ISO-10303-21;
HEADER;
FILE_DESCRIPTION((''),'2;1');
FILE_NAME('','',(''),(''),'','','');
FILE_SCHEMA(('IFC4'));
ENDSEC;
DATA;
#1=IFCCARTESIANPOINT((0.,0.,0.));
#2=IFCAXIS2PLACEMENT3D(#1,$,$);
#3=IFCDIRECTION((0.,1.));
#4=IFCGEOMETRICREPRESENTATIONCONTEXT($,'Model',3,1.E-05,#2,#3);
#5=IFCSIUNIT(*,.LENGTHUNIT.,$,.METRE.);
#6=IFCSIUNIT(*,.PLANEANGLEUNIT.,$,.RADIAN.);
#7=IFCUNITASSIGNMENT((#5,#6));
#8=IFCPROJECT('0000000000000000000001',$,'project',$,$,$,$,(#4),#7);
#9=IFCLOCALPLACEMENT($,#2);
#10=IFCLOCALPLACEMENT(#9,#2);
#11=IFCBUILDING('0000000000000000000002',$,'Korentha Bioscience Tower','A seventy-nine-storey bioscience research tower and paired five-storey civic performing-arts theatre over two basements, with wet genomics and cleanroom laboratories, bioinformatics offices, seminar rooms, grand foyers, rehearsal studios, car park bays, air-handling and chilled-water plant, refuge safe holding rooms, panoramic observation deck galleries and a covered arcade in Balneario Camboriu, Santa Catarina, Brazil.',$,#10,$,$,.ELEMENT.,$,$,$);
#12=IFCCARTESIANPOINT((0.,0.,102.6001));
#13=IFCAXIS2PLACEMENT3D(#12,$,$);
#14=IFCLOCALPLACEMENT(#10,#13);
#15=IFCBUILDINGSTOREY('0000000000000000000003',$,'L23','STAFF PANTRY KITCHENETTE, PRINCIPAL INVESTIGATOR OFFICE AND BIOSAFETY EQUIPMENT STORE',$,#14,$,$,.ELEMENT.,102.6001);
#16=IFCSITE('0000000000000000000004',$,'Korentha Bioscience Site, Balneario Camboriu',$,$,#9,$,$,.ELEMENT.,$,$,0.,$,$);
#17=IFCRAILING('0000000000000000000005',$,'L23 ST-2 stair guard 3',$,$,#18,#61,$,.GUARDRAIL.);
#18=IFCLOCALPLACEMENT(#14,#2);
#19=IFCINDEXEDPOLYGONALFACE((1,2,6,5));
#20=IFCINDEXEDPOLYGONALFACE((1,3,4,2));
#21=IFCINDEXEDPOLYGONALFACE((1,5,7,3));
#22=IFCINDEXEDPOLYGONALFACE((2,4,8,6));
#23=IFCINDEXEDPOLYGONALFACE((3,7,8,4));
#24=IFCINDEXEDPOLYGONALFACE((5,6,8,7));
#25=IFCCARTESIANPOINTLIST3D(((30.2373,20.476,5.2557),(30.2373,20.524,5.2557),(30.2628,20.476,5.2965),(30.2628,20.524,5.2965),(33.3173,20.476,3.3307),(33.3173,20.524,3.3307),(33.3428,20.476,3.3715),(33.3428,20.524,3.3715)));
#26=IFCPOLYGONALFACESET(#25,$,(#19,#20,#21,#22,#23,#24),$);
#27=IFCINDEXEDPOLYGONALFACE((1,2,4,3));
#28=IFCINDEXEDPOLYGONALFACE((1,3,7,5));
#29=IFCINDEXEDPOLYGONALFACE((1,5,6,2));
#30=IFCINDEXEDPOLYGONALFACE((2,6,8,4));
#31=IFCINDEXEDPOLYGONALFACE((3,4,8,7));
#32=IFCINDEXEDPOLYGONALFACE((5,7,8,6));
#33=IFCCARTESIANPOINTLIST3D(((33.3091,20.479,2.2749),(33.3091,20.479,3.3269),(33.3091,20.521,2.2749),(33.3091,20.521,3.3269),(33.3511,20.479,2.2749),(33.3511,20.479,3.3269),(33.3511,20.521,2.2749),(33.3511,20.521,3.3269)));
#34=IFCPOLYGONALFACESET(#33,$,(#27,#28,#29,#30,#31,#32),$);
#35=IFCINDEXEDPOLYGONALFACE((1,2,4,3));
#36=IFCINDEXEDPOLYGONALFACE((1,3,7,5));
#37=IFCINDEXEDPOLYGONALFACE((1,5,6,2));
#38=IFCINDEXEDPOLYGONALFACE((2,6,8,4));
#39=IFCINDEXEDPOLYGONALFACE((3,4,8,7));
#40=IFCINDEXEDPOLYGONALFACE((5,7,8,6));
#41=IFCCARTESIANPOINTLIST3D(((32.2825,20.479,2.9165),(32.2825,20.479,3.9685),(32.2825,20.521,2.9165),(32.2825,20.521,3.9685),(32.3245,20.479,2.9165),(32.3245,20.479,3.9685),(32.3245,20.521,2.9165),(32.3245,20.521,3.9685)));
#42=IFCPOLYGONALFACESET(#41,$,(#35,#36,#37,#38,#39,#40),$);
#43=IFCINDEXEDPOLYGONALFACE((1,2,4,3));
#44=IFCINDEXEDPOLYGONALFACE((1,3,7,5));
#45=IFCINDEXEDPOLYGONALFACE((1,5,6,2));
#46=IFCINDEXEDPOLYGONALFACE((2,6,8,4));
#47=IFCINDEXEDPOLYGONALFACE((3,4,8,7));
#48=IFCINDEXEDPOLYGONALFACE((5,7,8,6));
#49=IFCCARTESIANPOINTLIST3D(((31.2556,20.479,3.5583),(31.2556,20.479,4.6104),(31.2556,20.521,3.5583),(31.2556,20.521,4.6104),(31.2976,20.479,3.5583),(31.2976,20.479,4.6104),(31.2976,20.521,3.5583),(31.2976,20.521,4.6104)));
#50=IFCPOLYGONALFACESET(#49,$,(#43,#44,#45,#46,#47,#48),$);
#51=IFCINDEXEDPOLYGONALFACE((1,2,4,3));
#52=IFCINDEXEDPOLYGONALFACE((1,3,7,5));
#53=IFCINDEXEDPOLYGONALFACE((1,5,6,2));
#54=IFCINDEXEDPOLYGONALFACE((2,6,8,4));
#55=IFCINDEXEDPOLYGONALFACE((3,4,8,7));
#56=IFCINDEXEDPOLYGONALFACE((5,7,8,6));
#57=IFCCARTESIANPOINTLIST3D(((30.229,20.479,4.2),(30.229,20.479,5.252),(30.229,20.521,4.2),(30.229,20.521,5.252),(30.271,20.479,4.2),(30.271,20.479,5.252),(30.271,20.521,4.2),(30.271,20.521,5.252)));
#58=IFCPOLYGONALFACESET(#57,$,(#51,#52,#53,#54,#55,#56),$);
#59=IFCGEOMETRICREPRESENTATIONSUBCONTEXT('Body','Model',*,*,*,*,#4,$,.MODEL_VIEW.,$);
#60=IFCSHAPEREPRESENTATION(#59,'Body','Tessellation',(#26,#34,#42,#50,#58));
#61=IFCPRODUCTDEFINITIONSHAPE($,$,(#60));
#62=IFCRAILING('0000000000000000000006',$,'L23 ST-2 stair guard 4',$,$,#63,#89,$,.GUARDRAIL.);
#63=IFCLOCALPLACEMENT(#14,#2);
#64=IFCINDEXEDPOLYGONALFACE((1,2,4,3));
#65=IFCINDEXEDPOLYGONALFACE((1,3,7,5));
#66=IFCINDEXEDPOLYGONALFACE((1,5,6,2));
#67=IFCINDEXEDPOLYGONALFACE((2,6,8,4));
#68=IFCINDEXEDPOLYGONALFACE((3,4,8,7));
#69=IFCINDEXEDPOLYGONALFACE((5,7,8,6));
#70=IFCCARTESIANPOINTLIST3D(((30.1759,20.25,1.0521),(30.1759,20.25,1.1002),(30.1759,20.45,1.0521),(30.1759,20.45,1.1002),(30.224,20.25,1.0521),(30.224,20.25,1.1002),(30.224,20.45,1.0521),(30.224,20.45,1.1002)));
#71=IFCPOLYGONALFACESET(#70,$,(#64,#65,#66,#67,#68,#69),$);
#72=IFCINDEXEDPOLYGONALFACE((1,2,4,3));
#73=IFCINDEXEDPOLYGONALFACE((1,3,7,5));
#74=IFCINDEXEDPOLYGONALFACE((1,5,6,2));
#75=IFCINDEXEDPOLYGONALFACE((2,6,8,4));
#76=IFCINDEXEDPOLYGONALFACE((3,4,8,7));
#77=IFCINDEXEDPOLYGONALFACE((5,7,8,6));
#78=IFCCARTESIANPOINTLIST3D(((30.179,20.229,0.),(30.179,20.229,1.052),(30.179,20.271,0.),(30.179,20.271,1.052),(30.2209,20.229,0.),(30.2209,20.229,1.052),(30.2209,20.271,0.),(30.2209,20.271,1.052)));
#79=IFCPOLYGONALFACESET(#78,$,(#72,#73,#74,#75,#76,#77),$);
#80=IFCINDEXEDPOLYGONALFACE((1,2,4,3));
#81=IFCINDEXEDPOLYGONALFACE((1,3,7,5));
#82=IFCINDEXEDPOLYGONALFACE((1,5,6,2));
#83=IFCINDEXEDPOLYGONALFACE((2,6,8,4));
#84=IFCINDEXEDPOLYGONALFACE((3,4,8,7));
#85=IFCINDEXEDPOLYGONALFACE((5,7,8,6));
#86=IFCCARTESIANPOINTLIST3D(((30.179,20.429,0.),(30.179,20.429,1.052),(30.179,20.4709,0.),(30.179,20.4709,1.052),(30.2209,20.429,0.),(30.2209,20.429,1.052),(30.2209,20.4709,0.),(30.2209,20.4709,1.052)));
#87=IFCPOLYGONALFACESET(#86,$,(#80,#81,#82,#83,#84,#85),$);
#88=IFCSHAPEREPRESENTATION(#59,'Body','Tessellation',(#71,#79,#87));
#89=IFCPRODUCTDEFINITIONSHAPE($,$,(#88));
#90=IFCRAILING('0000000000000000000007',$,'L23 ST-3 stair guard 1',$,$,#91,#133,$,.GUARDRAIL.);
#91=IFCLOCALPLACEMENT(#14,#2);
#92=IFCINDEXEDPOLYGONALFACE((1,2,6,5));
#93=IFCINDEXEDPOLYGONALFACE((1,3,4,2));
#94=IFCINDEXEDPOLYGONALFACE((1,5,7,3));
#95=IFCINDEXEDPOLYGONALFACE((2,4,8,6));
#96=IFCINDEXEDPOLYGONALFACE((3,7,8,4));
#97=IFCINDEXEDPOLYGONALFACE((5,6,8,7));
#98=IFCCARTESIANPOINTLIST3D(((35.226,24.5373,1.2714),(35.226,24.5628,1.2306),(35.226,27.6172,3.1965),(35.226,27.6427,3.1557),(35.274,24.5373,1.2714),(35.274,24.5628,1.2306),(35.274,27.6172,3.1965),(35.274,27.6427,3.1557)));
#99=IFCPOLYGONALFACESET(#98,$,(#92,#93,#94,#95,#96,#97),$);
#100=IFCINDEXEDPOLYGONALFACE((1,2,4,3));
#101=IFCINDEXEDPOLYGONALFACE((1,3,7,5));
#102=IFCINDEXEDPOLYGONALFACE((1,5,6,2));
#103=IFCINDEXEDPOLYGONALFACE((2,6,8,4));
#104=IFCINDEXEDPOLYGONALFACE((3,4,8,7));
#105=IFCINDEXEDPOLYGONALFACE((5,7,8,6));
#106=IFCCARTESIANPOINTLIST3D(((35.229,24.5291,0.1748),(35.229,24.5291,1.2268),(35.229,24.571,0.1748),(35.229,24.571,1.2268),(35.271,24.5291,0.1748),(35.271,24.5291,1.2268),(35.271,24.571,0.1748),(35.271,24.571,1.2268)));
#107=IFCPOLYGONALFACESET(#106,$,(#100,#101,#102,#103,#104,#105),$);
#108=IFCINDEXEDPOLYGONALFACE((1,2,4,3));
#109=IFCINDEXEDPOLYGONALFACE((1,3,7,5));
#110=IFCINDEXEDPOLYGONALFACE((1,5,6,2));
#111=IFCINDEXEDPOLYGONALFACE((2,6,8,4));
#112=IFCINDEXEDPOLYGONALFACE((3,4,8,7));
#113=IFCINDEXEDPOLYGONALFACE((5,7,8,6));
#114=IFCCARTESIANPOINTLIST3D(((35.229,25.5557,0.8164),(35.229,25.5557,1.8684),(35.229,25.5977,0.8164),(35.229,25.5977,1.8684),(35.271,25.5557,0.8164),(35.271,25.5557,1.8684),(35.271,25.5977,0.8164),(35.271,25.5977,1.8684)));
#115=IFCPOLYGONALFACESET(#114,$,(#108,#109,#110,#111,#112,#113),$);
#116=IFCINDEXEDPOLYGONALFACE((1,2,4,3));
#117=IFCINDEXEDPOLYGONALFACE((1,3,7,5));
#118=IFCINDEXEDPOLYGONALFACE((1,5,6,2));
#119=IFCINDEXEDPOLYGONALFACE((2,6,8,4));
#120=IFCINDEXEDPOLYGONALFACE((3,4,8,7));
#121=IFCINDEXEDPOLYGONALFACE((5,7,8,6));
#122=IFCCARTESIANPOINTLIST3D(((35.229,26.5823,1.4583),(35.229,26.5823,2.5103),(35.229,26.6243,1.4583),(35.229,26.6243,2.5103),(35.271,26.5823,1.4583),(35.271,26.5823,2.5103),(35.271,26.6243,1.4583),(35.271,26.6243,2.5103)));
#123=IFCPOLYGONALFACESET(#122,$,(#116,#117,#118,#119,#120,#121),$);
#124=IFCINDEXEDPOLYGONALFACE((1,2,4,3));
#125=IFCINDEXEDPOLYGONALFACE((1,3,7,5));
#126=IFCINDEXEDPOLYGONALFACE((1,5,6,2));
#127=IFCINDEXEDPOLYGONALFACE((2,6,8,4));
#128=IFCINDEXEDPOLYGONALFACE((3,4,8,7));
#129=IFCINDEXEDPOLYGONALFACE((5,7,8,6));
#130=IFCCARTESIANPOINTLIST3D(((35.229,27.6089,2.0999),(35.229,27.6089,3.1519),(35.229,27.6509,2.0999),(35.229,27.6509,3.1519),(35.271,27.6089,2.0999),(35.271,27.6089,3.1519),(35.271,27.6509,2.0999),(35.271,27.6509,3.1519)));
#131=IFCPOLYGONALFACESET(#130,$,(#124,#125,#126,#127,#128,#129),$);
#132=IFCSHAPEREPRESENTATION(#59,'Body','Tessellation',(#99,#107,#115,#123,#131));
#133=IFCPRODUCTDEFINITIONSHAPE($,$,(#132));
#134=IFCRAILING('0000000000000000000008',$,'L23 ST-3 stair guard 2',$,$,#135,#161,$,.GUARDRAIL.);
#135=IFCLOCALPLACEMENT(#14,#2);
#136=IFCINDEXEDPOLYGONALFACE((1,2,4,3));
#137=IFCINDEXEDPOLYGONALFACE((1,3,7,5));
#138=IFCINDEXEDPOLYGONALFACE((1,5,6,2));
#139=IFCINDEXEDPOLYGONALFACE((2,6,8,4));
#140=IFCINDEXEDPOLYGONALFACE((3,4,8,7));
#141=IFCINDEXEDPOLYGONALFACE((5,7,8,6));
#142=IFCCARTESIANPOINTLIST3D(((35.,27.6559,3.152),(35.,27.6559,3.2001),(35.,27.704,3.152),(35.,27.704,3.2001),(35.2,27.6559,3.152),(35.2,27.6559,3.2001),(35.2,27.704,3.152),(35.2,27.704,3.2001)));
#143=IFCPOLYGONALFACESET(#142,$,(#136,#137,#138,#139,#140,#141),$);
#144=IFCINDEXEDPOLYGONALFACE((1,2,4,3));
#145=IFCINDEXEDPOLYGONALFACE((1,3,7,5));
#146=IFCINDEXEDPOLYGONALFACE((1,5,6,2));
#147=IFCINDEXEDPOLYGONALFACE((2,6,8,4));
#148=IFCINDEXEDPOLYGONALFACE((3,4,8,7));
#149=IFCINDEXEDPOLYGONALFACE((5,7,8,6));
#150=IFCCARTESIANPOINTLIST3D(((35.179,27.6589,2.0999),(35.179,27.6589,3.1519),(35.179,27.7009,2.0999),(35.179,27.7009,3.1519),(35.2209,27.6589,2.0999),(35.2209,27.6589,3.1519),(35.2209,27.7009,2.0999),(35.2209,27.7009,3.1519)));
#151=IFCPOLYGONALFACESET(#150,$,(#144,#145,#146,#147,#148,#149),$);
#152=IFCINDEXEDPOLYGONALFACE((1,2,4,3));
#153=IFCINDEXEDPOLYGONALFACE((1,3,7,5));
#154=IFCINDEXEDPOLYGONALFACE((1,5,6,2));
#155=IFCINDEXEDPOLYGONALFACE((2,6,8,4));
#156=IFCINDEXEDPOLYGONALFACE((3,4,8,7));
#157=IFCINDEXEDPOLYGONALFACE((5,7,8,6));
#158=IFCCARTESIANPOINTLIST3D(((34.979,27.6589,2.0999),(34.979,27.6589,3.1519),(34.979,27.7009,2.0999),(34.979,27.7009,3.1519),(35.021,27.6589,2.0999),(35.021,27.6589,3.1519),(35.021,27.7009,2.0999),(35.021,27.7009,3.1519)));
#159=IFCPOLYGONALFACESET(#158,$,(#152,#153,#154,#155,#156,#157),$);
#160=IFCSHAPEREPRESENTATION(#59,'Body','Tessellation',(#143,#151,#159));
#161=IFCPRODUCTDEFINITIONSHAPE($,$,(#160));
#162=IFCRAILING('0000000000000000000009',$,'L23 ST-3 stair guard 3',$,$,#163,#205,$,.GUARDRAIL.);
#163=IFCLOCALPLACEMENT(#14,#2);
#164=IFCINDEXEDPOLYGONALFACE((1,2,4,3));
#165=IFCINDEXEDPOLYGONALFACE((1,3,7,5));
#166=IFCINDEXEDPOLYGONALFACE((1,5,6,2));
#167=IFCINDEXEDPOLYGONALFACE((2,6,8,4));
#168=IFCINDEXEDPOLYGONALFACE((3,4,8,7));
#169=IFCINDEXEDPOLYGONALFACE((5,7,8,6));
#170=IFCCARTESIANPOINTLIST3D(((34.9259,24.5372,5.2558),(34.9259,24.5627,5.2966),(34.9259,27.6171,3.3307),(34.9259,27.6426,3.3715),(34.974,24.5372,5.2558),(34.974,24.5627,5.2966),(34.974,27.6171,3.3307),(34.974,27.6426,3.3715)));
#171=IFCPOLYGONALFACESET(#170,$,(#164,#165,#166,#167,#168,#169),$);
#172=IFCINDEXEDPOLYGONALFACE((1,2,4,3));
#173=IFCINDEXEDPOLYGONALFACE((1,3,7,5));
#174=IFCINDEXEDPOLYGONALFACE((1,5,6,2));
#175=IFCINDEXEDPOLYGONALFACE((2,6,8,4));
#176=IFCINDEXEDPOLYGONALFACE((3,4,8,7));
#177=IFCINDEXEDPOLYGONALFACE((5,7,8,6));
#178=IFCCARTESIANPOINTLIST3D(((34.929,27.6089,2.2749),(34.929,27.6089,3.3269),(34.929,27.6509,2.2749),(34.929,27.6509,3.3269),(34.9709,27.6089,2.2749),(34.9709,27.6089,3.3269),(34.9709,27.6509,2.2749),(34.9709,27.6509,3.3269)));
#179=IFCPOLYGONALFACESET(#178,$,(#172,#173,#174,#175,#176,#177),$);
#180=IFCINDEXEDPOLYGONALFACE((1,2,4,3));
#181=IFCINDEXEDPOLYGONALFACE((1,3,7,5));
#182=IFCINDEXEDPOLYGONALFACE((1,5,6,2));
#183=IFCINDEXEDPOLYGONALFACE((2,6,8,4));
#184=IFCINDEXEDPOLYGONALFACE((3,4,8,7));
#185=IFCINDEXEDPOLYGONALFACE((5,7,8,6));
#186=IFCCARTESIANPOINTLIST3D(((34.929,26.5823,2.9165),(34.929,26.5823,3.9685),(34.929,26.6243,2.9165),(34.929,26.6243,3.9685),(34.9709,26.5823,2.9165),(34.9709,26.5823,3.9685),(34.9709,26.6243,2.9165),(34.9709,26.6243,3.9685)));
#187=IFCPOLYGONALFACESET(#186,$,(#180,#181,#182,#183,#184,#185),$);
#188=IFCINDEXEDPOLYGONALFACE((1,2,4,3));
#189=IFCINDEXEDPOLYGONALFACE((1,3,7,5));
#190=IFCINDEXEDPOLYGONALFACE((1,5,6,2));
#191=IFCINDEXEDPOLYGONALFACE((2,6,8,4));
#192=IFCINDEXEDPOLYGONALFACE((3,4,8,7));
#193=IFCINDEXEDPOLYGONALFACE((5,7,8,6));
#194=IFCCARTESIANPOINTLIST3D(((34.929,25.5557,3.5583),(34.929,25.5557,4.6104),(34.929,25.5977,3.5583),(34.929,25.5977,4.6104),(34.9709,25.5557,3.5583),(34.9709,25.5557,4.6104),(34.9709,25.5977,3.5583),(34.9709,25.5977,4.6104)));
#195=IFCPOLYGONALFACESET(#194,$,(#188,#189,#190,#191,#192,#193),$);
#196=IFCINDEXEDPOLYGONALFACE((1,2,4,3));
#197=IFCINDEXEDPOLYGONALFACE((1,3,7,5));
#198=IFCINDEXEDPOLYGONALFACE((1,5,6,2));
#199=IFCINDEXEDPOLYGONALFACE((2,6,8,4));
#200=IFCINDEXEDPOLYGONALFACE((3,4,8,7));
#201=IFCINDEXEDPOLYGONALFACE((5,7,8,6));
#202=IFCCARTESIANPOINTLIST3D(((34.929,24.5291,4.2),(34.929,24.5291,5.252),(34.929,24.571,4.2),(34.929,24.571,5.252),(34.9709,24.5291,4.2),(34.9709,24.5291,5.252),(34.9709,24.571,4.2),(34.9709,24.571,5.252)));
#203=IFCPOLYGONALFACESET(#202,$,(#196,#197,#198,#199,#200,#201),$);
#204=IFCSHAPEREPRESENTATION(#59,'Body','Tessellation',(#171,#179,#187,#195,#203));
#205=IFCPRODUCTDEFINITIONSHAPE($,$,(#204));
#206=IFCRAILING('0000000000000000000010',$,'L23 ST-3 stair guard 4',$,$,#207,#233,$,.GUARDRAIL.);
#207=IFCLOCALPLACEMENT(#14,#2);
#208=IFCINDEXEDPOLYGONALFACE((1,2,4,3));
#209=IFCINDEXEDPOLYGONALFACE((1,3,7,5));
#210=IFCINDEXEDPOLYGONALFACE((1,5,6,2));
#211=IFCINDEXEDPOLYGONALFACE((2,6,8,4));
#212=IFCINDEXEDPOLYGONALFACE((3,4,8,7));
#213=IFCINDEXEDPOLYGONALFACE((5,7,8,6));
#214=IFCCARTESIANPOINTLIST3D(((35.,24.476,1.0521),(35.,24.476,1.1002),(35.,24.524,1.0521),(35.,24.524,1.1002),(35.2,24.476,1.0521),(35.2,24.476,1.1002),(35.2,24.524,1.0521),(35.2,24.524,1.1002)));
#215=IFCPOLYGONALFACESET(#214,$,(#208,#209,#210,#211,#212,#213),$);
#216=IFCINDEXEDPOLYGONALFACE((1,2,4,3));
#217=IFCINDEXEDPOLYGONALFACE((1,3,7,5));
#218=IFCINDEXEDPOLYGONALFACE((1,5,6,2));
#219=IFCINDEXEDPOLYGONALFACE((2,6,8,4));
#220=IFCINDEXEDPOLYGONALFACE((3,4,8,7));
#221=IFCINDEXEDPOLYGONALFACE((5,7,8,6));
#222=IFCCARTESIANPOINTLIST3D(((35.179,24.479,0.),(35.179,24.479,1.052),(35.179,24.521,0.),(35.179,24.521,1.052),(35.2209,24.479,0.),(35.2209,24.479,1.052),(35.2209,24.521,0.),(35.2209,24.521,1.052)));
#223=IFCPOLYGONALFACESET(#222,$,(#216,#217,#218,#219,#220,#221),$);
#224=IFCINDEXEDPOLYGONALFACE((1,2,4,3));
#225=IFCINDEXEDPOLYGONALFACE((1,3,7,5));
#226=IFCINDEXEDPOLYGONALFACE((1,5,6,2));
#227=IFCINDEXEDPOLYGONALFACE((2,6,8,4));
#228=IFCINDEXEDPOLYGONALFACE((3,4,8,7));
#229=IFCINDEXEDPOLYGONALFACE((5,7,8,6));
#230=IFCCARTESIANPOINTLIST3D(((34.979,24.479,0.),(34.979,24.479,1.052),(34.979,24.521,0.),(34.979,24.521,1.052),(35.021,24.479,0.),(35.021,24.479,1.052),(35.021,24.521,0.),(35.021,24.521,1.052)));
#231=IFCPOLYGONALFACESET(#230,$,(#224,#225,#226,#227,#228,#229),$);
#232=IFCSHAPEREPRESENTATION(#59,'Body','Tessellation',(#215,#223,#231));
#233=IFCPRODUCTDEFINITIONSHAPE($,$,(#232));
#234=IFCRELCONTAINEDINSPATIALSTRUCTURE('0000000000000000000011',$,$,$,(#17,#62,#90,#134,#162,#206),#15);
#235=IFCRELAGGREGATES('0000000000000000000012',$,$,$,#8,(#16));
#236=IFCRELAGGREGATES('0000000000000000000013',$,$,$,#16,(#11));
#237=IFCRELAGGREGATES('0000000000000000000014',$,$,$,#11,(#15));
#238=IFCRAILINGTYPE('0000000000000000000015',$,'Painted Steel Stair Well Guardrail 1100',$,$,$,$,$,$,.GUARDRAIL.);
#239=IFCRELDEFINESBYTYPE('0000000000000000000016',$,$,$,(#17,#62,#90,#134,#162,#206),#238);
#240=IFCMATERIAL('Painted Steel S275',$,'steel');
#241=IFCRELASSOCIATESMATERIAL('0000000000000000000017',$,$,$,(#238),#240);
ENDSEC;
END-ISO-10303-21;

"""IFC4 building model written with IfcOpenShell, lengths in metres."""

from ifc_helpers import new_model, si_unit, direction, frame, origin, origin_2d, place, context, subcontext, project, spatial, rectangle, extrude, material, type_object, element, save


model = new_model("IFC4")

# Units and contexts
model_context = context("Model", 3, precision=1e-05, world=origin(), true_north=direction((0.0, 1.0)))
body_context = subcontext(model_context, "Body", "Model", "MODEL_VIEW")
ifc_project = project(units=[si_unit("LENGTHUNIT", "METRE"), si_unit("PLANEANGLEUNIT", "RADIAN")], contexts=[model_context])

# Site, building, storey
site_placement = place(None, origin())
site = spatial("IfcSite", under=ifc_project, at=site_placement, Name="Korentha Bioscience Site, Balneario Camboriu", CompositionType="ELEMENT", RefElevation=0.0)
building_placement = place(site_placement, origin())
building = spatial("IfcBuilding", under=site, at=building_placement, Name="Korentha Bioscience Tower", Description="A seventy-nine-storey bioscience research tower and paired five-storey civic performing-arts theatre over two basements, with wet genomics and cleanroom laboratories, bioinformatics offices, seminar rooms, grand foyers, rehearsal studios, car park bays, air-handling and chilled-water plant, refuge safe holding rooms, panoramic observation deck galleries and a covered arcade in Balneario Camboriu, Santa Catarina, Brazil.", CompositionType="ELEMENT")
storey_placement = place(building_placement, frame((0.0, 0.0, 102.6001)))
storey = spatial("IfcBuildingStorey", under=building, at=storey_placement, Name="L23", Description="STAFF PANTRY KITCHENETTE, PRINCIPAL INVESTIGATOR OFFICE AND BIOSAFETY EQUIPMENT STORE", CompositionType="ELEMENT", Elevation=102.6001)

# Railings
ifc_material_1 = material(Name="Painted Steel S275", Category="steel")
railing_type_1 = type_object("IfcRailingType", Name="Painted Steel Stair Well Guardrail 1100", PredefinedType="GUARDRAIL", material=ifc_material_1)
railing_1_placement = place(storey_placement, frame((33.3301, 20.5, 2.2749)))
element("IfcRailing", 1, at=railing_1_placement, inside=storey, type_object=railing_type_1, Name="L23 ST-2 stair guard 3", PredefinedType="GUARDRAIL", context=body_context, shape_type="SweptSolid", body=[
    extrude(rectangle(XDim=0.0481, YDim=0.0481, at=origin_2d()), frame((0.0, 0.0, 1.0762), z_axis=(-0.847998, 0.0, 0.529999), x_axis=(0.0, -1.0, 0.0)), (0.0, 0.0, 1.0), 3.6321),
    extrude(rectangle(XDim=0.042, YDim=0.042, at=origin_2d()), origin(), (0.0, 0.0, 1.0), 1.052),
    extrude(rectangle(XDim=0.042, YDim=0.042, at=origin_2d()), frame((-1.0266, 0.0, 0.6416)), (0.0, 0.0, 1.0), 1.052),
    extrude(rectangle(XDim=0.042, YDim=0.042, at=origin_2d()), frame((-2.0535, 0.0, 1.2834)), (0.0, 0.0, 1.0), 1.052),
    extrude(rectangle(XDim=0.042, YDim=0.042, at=origin_2d()), frame((-3.0801, 0.0, 1.925)), (0.0, 0.0, 1.0), 1.052),
])
railing_2_placement = place(storey_placement, frame((30.2, 20.25, 0.0)))
element("IfcRailing", 2, at=railing_2_placement, inside=storey, type_object=railing_type_1, Name="L23 ST-2 stair guard 4", PredefinedType="GUARDRAIL", context=body_context, shape_type="SweptSolid", body=[
    extrude(rectangle(XDim=0.0481, YDim=0.0481, at=origin_2d()), frame((0.0, 0.0, 1.0762), z_axis=(0.0, 1.0, 0.0), x_axis=(-1.0, 0.0, 0.0)), (0.0, 0.0, 1.0), 0.2),
    extrude(rectangle(XDim=0.042, YDim=0.042, at=origin_2d()), origin(), (0.0, 0.0, 1.0), 1.052),
    extrude(rectangle(XDim=0.042, YDim=0.042, at=origin_2d()), frame((0.0, 0.2, 0.0)), (0.0, 0.0, 1.0), 1.052),
])
railing_3_placement = place(storey_placement, frame((35.25, 24.55, 0.1748)))
element("IfcRailing", 3, at=railing_3_placement, inside=storey, type_object=railing_type_1, Name="L23 ST-3 stair guard 1", PredefinedType="GUARDRAIL", context=body_context, shape_type="SweptSolid", body=[
    extrude(rectangle(XDim=0.0481, YDim=0.0481, at=origin_2d()), frame((0.0, 0.0, 1.0762), z_axis=(0.0, 0.847979, 0.530029), x_axis=(-1.0, 0.0, 0.0)), (0.0, 0.0, 1.0), 3.6321),
    extrude(rectangle(XDim=0.042, YDim=0.042, at=origin_2d()), origin(), (0.0, 0.0, 1.0), 1.052),
    extrude(rectangle(XDim=0.042, YDim=0.042, at=origin_2d()), frame((0.0, 1.0266, 0.6416)), (0.0, 0.0, 1.0), 1.052),
    extrude(rectangle(XDim=0.042, YDim=0.042, at=origin_2d()), frame((0.0, 2.0532, 1.2834)), (0.0, 0.0, 1.0), 1.052),
    extrude(rectangle(XDim=0.042, YDim=0.042, at=origin_2d()), frame((0.0, 3.0798, 1.925)), (0.0, 0.0, 1.0), 1.052),
])
railing_4_placement = place(storey_placement, frame((35.2, 27.6799, 2.0999)))
element("IfcRailing", 4, at=railing_4_placement, inside=storey, type_object=railing_type_1, Name="L23 ST-3 stair guard 2", PredefinedType="GUARDRAIL", context=body_context, shape_type="SweptSolid", body=[
    extrude(rectangle(XDim=0.0481, YDim=0.0481, at=origin_2d()), frame((0.0, 0.0, 1.0762), z_axis=(-1.0, 0.0, 0.0), x_axis=(0.0, -1.0, 0.0)), (0.0, 0.0, 1.0), 0.2),
    extrude(rectangle(XDim=0.042, YDim=0.042, at=origin_2d()), origin(), (0.0, 0.0, 1.0), 1.052),
    extrude(rectangle(XDim=0.042, YDim=0.042, at=origin_2d()), frame((-0.2, 0.0, 0.0)), (0.0, 0.0, 1.0), 1.052),
])
railing_5_placement = place(storey_placement, frame((34.95, 27.6299, 2.2749)))
element("IfcRailing", 5, at=railing_5_placement, inside=storey, type_object=railing_type_1, Name="L23 ST-3 stair guard 3", PredefinedType="GUARDRAIL", context=body_context, shape_type="SweptSolid", body=[
    extrude(rectangle(XDim=0.0481, YDim=0.0481, at=origin_2d()), frame((0.0, 0.0, 1.0762), z_axis=(0.0, -0.847979, 0.530029), x_axis=(1.0, 0.0, 0.0)), (0.0, 0.0, 1.0), 3.6321),
    extrude(rectangle(XDim=0.042, YDim=0.042, at=origin_2d()), origin(), (0.0, 0.0, 1.0), 1.052),
    extrude(rectangle(XDim=0.042, YDim=0.042, at=origin_2d()), frame((0.0, -1.0266, 0.6416)), (0.0, 0.0, 1.0), 1.052),
    extrude(rectangle(XDim=0.042, YDim=0.042, at=origin_2d()), frame((0.0, -2.0532, 1.2834)), (0.0, 0.0, 1.0), 1.052),
    extrude(rectangle(XDim=0.042, YDim=0.042, at=origin_2d()), frame((0.0, -3.0798, 1.925)), (0.0, 0.0, 1.0), 1.052),
])
railing_6_placement = place(storey_placement, frame((35.2, 24.5, 0.0)))
element("IfcRailing", 6, at=railing_6_placement, inside=storey, type_object=railing_type_1, Name="L23 ST-3 stair guard 4", PredefinedType="GUARDRAIL", context=body_context, shape_type="SweptSolid", body=[
    extrude(rectangle(XDim=0.0481, YDim=0.0481, at=origin_2d()), frame((0.0, 0.0, 1.0762), z_axis=(-1.0, 0.0, 0.0), x_axis=(0.0, -1.0, 0.0)), (0.0, 0.0, 1.0), 0.2),
    extrude(rectangle(XDim=0.042, YDim=0.042, at=origin_2d()), origin(), (0.0, 0.0, 1.0), 1.052),
    extrude(rectangle(XDim=0.042, YDim=0.042, at=origin_2d()), frame((-0.2, 0.0, 0.0)), (0.0, 0.0, 1.0), 1.052),
])

save(model, "model.ifc")
